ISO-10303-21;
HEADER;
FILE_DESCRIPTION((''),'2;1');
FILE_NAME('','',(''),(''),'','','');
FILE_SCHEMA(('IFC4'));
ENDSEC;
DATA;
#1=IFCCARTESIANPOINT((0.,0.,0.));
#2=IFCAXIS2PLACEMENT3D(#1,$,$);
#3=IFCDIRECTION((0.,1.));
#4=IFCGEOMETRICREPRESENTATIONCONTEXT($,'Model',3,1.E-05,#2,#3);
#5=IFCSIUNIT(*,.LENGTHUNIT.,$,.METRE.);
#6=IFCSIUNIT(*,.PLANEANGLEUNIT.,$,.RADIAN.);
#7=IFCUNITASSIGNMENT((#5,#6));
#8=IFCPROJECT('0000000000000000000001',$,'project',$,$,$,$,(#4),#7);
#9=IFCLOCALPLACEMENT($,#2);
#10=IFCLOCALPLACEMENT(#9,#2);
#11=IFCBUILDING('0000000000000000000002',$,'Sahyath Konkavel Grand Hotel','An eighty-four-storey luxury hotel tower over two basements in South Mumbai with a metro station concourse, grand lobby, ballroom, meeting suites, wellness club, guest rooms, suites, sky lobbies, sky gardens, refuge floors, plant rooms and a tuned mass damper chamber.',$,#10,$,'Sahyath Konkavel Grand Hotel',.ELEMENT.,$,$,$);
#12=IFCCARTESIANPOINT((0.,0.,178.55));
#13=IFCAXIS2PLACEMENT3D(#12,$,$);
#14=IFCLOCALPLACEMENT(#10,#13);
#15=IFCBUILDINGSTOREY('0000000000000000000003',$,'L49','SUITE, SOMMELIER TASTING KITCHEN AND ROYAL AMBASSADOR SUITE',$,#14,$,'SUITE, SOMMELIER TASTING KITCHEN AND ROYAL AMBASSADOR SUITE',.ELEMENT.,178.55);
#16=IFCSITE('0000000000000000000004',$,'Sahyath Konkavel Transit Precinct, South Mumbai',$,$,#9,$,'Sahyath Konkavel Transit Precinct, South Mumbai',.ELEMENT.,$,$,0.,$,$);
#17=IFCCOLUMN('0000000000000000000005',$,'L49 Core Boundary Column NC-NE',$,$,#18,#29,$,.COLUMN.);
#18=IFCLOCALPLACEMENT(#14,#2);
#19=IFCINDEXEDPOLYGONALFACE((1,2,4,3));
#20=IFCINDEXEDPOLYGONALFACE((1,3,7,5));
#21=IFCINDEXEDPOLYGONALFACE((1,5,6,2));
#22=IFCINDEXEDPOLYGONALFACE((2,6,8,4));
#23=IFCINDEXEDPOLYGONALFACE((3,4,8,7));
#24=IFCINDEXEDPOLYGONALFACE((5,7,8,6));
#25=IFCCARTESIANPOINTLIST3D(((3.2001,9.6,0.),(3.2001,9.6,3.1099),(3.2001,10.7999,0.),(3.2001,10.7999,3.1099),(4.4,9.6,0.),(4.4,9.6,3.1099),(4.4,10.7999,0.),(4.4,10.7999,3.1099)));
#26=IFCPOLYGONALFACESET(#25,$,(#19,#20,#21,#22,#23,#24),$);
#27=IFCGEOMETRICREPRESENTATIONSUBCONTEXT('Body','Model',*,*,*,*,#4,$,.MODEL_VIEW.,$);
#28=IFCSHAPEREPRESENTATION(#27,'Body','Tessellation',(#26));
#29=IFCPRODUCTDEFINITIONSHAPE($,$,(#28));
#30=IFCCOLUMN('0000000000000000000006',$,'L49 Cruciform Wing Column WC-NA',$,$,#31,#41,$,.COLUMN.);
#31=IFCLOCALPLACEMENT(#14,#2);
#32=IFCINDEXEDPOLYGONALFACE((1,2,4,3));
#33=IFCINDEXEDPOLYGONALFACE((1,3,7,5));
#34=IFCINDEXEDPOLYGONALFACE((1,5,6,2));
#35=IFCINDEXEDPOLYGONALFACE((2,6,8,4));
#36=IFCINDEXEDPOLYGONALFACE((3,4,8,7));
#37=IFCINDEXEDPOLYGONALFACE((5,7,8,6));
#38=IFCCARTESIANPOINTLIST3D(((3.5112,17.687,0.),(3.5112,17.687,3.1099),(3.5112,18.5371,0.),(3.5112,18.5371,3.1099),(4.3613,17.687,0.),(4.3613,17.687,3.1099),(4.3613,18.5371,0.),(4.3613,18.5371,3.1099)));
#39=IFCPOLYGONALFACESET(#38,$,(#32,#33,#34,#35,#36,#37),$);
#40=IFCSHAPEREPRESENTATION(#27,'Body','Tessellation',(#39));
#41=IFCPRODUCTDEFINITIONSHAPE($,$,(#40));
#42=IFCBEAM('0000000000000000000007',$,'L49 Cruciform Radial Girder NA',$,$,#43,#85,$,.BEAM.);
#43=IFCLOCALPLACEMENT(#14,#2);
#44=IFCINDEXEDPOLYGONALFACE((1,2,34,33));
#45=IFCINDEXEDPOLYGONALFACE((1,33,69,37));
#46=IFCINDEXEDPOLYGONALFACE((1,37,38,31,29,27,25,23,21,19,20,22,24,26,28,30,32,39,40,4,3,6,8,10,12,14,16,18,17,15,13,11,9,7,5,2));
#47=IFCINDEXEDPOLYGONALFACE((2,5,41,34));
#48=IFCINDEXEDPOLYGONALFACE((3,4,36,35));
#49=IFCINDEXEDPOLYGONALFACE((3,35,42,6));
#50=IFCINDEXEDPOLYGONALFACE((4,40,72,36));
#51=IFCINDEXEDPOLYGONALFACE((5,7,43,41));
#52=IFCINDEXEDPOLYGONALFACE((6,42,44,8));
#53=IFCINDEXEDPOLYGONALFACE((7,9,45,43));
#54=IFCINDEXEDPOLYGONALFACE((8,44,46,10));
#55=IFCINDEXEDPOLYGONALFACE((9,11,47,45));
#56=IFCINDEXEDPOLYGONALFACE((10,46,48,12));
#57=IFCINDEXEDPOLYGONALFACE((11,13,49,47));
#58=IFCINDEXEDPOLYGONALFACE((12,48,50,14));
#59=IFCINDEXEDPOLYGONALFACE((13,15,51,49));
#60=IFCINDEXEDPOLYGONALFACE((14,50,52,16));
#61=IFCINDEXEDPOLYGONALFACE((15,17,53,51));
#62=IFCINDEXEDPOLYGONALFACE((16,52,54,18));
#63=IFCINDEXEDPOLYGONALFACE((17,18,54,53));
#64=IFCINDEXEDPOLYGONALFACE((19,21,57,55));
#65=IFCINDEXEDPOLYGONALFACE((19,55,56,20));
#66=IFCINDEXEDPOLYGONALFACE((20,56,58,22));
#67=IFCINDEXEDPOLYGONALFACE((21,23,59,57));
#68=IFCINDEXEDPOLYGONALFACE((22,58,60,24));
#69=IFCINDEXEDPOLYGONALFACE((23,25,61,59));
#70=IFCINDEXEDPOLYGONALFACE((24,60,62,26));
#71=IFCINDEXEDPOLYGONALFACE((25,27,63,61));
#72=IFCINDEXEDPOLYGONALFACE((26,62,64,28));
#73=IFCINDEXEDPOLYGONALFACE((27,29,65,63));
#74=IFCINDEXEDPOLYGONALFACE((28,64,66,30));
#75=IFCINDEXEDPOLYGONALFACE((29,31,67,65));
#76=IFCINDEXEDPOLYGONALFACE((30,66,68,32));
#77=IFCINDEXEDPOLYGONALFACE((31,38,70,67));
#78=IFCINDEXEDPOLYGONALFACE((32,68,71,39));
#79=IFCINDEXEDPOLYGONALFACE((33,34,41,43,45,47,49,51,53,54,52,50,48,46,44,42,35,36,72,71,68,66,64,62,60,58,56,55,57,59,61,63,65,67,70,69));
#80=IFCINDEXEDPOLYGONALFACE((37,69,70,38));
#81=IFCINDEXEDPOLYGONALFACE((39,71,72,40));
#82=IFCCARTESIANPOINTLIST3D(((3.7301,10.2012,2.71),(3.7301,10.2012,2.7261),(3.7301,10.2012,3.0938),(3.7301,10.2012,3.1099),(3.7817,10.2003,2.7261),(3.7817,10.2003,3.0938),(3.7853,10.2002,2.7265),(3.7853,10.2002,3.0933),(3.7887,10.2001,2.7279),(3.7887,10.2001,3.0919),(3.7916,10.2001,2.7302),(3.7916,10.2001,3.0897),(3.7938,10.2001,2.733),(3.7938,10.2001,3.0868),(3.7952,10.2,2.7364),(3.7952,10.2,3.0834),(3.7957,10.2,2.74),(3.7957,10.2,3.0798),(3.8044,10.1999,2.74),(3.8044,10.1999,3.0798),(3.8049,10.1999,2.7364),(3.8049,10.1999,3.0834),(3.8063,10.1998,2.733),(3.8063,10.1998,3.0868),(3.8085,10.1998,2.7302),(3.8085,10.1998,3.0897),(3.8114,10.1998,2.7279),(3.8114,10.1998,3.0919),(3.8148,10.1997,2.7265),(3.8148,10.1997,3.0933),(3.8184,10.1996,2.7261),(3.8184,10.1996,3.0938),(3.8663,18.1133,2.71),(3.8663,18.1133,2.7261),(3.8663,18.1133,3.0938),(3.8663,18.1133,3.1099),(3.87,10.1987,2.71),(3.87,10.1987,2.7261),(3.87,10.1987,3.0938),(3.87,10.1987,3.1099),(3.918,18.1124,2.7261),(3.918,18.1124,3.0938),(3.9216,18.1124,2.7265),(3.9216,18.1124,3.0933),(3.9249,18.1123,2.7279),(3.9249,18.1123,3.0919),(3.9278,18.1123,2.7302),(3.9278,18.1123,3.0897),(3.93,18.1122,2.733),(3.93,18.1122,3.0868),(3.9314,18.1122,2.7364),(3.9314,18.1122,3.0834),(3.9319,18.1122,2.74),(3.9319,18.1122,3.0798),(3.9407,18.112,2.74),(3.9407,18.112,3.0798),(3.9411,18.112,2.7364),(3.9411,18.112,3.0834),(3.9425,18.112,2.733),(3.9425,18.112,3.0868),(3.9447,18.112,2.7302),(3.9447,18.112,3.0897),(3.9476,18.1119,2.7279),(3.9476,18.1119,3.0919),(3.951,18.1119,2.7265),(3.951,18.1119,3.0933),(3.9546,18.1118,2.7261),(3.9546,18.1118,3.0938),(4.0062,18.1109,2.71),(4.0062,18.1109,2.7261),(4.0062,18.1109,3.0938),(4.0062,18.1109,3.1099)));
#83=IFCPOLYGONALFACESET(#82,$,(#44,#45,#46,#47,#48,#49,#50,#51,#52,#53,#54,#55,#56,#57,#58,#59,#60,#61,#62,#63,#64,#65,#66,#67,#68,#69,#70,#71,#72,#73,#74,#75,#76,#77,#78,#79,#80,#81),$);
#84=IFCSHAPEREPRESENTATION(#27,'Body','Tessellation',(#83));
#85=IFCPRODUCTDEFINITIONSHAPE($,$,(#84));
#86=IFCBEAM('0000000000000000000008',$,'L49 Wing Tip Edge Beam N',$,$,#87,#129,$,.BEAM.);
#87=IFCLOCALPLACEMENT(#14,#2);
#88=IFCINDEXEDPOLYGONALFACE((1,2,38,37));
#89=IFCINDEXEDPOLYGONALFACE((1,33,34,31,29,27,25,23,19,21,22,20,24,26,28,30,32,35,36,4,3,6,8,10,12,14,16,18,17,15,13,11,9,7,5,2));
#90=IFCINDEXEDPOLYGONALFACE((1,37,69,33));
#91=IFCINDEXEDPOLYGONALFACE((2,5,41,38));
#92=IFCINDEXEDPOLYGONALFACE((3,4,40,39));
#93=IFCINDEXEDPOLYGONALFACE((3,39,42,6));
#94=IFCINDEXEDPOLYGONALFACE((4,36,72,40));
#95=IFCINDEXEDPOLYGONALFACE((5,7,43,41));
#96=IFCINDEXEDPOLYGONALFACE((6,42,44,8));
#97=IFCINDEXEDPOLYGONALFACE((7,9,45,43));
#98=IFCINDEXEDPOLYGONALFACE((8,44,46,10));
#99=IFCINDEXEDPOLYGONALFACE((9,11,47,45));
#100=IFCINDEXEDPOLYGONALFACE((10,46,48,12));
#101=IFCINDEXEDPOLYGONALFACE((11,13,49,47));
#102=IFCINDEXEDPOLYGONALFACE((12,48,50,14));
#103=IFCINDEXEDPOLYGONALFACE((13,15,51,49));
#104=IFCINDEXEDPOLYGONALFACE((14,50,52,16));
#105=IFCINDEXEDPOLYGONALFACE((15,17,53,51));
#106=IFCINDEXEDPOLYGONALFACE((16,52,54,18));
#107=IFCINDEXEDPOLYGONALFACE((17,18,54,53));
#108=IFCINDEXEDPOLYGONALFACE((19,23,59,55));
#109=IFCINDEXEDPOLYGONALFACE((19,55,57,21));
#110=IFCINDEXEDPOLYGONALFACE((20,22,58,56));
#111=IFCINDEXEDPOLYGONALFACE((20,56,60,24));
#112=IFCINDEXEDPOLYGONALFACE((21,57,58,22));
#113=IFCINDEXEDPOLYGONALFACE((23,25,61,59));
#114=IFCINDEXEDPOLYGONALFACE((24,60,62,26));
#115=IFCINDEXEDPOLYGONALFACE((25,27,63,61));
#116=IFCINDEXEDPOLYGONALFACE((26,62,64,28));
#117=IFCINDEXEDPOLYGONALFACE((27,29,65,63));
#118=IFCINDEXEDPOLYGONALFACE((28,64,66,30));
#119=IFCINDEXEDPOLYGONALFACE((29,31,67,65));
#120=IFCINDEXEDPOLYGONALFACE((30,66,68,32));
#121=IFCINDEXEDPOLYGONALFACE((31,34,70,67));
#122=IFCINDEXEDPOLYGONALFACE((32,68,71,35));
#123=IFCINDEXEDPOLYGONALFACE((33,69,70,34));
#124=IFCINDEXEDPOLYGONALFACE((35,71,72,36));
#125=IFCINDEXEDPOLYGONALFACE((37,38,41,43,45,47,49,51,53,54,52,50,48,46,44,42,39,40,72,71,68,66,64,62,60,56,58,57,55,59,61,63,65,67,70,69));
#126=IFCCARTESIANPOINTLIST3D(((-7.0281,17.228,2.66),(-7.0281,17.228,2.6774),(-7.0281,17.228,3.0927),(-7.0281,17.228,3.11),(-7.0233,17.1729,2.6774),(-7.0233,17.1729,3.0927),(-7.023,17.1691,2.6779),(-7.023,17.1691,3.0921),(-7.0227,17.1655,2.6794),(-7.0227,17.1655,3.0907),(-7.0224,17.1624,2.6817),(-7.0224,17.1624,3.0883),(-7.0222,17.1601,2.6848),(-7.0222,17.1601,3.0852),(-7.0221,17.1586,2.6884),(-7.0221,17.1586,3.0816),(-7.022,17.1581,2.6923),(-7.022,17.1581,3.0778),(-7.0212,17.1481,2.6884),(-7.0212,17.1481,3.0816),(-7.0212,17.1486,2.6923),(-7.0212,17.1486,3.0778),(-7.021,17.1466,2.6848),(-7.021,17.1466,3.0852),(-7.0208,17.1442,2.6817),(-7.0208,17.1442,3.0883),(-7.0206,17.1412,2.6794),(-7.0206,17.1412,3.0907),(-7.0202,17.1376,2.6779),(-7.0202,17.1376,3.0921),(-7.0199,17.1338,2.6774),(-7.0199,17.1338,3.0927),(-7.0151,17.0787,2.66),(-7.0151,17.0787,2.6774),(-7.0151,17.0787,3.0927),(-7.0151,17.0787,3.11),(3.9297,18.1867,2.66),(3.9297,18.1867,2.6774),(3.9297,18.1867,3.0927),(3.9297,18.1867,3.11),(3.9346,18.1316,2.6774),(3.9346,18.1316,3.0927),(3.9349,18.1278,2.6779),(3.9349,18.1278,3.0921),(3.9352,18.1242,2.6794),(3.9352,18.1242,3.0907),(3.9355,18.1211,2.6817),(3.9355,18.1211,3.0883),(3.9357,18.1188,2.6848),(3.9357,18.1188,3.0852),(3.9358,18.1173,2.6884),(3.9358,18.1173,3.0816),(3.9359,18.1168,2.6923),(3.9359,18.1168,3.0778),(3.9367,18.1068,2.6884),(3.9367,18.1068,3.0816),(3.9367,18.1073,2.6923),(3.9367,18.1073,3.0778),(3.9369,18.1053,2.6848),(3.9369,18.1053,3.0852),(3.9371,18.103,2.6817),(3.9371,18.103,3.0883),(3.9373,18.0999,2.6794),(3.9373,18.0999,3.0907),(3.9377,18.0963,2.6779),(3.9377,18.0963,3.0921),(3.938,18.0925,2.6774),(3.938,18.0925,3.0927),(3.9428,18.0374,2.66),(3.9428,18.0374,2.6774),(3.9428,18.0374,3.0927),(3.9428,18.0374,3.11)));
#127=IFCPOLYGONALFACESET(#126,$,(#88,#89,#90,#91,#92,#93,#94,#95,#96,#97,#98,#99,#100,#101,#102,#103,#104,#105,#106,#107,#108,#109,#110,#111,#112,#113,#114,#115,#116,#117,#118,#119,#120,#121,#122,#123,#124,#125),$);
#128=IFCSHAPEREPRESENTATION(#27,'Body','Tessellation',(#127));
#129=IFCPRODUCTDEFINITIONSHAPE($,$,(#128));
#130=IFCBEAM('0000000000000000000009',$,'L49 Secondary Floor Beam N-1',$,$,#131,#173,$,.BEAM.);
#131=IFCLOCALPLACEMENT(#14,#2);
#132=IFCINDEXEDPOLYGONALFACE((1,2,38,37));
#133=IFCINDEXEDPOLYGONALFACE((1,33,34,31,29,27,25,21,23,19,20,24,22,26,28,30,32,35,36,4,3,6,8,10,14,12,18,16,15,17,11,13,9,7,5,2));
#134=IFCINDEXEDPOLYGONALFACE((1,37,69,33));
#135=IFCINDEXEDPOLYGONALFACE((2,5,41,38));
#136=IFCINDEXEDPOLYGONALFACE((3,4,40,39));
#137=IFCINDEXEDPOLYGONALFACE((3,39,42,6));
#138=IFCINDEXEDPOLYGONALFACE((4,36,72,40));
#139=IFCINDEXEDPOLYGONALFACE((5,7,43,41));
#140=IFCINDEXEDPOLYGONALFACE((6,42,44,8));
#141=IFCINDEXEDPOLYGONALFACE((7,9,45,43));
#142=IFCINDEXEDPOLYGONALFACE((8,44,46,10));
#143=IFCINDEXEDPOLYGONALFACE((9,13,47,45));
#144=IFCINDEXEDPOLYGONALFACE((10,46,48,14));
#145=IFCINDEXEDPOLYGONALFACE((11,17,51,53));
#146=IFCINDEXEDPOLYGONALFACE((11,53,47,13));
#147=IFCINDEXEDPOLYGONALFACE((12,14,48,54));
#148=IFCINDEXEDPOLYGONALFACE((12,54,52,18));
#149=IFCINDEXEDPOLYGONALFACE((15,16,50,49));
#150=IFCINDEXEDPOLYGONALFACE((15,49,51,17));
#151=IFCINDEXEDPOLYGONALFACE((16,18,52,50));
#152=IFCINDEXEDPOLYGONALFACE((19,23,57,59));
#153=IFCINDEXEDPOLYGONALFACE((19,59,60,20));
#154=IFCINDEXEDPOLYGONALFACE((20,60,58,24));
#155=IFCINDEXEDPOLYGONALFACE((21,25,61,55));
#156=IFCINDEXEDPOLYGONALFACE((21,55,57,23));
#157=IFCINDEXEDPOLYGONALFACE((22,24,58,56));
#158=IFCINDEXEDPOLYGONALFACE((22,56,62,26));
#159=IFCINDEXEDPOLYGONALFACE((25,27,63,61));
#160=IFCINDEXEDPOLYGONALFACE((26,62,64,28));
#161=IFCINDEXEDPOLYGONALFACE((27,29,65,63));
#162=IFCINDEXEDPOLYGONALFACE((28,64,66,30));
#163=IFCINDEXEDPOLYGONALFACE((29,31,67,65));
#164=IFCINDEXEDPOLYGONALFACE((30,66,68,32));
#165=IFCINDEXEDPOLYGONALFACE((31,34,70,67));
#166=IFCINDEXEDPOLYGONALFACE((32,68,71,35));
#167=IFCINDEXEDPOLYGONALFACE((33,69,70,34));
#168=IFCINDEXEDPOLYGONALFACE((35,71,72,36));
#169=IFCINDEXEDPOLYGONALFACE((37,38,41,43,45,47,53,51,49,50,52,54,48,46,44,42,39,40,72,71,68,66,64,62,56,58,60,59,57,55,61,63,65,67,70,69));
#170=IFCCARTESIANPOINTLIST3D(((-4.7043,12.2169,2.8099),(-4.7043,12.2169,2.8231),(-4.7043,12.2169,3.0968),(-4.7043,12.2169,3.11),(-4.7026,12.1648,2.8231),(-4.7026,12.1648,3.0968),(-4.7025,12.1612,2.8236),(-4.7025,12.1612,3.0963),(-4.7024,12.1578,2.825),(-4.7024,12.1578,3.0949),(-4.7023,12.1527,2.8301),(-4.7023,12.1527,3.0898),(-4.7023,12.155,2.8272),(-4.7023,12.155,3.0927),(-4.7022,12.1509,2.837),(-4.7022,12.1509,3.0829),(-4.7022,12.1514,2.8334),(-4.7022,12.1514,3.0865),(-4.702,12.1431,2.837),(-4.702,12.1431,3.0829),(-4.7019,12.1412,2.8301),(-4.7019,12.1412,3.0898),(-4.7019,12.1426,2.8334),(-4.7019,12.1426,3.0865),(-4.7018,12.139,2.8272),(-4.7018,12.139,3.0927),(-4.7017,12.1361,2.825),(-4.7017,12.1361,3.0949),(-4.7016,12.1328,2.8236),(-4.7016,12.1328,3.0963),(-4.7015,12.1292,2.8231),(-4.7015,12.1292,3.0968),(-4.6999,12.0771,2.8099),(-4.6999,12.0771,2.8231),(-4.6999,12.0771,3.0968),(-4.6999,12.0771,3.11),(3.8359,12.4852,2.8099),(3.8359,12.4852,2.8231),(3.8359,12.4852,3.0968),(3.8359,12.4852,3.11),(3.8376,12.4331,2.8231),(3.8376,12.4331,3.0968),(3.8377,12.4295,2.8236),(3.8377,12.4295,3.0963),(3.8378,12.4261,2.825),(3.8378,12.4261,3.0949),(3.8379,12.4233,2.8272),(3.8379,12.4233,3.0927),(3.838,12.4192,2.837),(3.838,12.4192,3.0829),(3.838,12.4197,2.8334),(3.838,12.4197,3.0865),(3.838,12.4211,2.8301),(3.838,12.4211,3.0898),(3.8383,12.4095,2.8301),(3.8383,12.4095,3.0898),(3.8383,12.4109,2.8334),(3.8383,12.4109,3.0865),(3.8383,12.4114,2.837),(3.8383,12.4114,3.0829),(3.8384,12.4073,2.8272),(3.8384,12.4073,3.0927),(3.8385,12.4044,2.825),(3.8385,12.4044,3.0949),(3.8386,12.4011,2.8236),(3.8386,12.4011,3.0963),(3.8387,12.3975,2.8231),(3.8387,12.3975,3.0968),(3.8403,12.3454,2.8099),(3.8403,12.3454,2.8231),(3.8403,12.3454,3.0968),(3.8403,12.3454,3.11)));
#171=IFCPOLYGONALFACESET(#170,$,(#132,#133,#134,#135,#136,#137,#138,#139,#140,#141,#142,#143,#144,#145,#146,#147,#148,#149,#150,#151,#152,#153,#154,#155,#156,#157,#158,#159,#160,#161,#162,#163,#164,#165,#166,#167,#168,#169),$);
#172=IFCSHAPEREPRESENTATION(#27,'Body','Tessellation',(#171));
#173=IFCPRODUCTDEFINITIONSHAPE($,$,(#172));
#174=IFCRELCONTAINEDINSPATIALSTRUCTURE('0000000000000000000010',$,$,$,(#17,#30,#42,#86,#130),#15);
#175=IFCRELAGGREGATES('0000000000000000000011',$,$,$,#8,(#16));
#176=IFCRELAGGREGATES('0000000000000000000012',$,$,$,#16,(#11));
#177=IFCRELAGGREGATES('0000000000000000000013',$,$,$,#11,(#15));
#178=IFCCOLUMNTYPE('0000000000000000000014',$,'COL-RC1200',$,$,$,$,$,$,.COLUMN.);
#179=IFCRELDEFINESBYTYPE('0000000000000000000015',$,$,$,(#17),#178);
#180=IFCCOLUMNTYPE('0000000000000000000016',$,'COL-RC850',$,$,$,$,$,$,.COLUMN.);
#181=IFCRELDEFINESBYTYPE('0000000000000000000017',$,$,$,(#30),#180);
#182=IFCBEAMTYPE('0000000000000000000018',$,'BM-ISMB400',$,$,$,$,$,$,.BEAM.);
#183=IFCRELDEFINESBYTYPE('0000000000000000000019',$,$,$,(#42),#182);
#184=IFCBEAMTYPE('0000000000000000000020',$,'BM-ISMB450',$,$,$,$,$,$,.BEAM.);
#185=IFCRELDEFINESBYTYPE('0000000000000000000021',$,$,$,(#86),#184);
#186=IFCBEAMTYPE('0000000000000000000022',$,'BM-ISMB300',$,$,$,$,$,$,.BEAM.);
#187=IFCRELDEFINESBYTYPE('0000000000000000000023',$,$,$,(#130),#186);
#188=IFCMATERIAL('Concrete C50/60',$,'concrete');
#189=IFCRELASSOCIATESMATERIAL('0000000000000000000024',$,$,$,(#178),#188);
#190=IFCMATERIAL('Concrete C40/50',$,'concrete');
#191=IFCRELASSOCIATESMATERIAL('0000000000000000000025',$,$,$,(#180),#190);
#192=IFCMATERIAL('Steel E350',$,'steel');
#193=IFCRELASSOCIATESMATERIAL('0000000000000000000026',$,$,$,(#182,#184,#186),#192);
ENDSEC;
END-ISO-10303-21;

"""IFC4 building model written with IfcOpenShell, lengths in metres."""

from ifc_helpers import new_model, si_unit, direction, frame, origin, origin_2d, place, context, subcontext, project, spatial, rectangle, i_section, extrude, source, transform, mapped, material, material_profile, profile_set, type_object, element, save


model = new_model("IFC4")

# Units and contexts
model_context = context("Model", 3, precision=1e-05, world=origin(), true_north=direction((0.0, 1.0)))
body_context = subcontext(model_context, "Body", "Model", "MODEL_VIEW")
ifc_project = project(units=[si_unit("LENGTHUNIT", "METRE"), si_unit("PLANEANGLEUNIT", "RADIAN")], contexts=[model_context])

# Site, building, storey
site_placement = place(None, origin())
site = spatial("IfcSite", under=ifc_project, at=site_placement, Name="Sahyath Konkavel Transit Precinct, South Mumbai", LongName="Sahyath Konkavel Transit Precinct, South Mumbai", CompositionType="ELEMENT", RefElevation=0.0)
building_placement = place(site_placement, origin())
building = spatial("IfcBuilding", under=site, at=building_placement, Name="Sahyath Konkavel Grand Hotel", Description="An eighty-four-storey luxury hotel tower over two basements in South Mumbai with a metro station concourse, grand lobby, ballroom, meeting suites, wellness club, guest rooms, suites, sky lobbies, sky gardens, refuge floors, plant rooms and a tuned mass damper chamber.", LongName="Sahyath Konkavel Grand Hotel", CompositionType="ELEMENT")
storey_placement = place(building_placement, frame((0.0, 0.0, 178.55)))
storey = spatial("IfcBuildingStorey", under=building, at=storey_placement, Name="L49", Description="SUITE, SOMMELIER TASTING KITCHEN AND ROYAL AMBASSADOR SUITE", LongName="SUITE, SOMMELIER TASTING KITCHEN AND ROYAL AMBASSADOR SUITE", CompositionType="ELEMENT", Elevation=178.55)

# Columns
ifc_material_1 = material(Name="Concrete C50/60", Category="concrete")
ifc_material_profile_1 = material_profile(ifc_material_1, rectangle(XDim=1.2, YDim=1.2, at=origin_2d()), Name="RC 1200x1200")
ifc_profile_set_1 = profile_set([ifc_material_profile_1], Name="Concrete C50/60")
column_type_1 = type_object("IfcColumnType", Name="COL-RC1200", PredefinedType="COLUMN", material=ifc_profile_set_1)
shared_shape_1 = source(origin(), body_context, "Body", "SweptSolid", [
    extrude(rectangle(XDim=1.2, YDim=1.2, at=origin_2d()), origin(), (0.0, 0.0, 1.0), 3.1099),
])
column_1_placement = place(storey_placement, frame((3.8, 10.2, 0.0), z_axis=(0.0, 0.0, 1.0), x_axis=(1.0, 0.0, 0.0)))
element("IfcColumn", 1, at=column_1_placement, inside=storey, type_object=column_type_1, Name="L49 Core Boundary Column NC-NE", PredefinedType="COLUMN", context=body_context, shape_type="MappedRepresentation", body=[
    mapped(shared_shape_1, transform((0.0, 0.0, 0.0), scale=1.0)),
])
ifc_material_2 = material(Name="Concrete C40/50", Category="concrete")
ifc_material_profile_2 = material_profile(ifc_material_2, rectangle(XDim=0.8501, YDim=0.8501, at=origin_2d()), Name="RC 850x850")
ifc_profile_set_2 = profile_set([ifc_material_profile_2], Name="Concrete C40/50")
column_type_2 = type_object("IfcColumnType", Name="COL-RC850", PredefinedType="COLUMN", material=ifc_profile_set_2)
shared_shape_2 = source(origin(), body_context, "Body", "SweptSolid", [
    extrude(rectangle(XDim=0.8501, YDim=0.8501, at=origin_2d()), origin(), (0.0, 0.0, 1.0), 3.1099),
])
column_2_placement = place(storey_placement, frame((3.9363, 18.1121, 0.0), z_axis=(0.0, 0.0, 1.0), x_axis=(1.0, 0.0, 0.0)))
element("IfcColumn", 2, at=column_2_placement, inside=storey, type_object=column_type_2, Name="L49 Cruciform Wing Column WC-NA", PredefinedType="COLUMN", context=body_context, shape_type="MappedRepresentation", body=[
    mapped(shared_shape_2, transform((0.0, 0.0, 0.0), scale=1.0)),
])

# Beams
ifc_material_3 = material(Name="Steel E350", Category="steel")
ifc_material_profile_3 = material_profile(ifc_material_3, i_section(OverallWidth=0.1399, OverallDepth=0.3999, WebThickness=0.0088, FlangeThickness=0.0161, FilletRadius=0.0139, at=origin_2d()), Name="ISMB 400")
ifc_profile_set_3 = profile_set([ifc_material_profile_3], Name="Steel E350")
beam_type_1 = type_object("IfcBeamType", Name="BM-ISMB400", PredefinedType="BEAM", material=ifc_profile_set_3)
shared_shape_3 = source(origin(), body_context, "Body", "SweptSolid", [
    extrude(i_section(OverallWidth=0.1399, OverallDepth=0.3999, WebThickness=0.0088, FlangeThickness=0.0161, FilletRadius=0.0139, at=origin_2d()), origin(), (0.0, 0.0, 1.0), 7.9133),
])
beam_1_placement = place(storey_placement, frame((3.8, 10.2, 2.9099), z_axis=(0.017215, 0.999852, 0.0), x_axis=(-0.999852, 0.017215, 0.0)))
element("IfcBeam", 3, at=beam_1_placement, inside=storey, type_object=beam_type_1, Name="L49 Cruciform Radial Girder NA", PredefinedType="BEAM", context=body_context, shape_type="MappedRepresentation", body=[
    mapped(shared_shape_3, transform((0.0, 0.0, 0.0), scale=1.0)),
])
ifc_material_profile_4 = material_profile(ifc_material_3, i_section(OverallWidth=0.1499, OverallDepth=0.45, WebThickness=0.0095, FlangeThickness=0.0173, FilletRadius=0.0149, at=origin_2d()), Name="ISMB 450")
ifc_profile_set_4 = profile_set([ifc_material_profile_4], Name="Steel E350")
beam_type_2 = type_object("IfcBeamType", Name="BM-ISMB450", PredefinedType="BEAM", material=ifc_profile_set_4)
shared_shape_4 = source(origin(), body_context, "Body", "SweptSolid", [
    extrude(i_section(OverallWidth=0.1499, OverallDepth=0.45, WebThickness=0.0095, FlangeThickness=0.0173, FilletRadius=0.0149, at=origin_2d()), origin(), (0.0, 0.0, 1.0), 10.9998),
])
beam_2_placement = place(storey_placement, frame((3.9363, 18.1121, 2.885), z_axis=(-0.996194, -0.087159, 0.0), x_axis=(0.087159, -0.996194, 0.0)))
element("IfcBeam", 4, at=beam_2_placement, inside=storey, type_object=beam_type_2, Name="L49 Wing Tip Edge Beam N", PredefinedType="BEAM", context=body_context, shape_type="MappedRepresentation", body=[
    mapped(shared_shape_4, transform((0.0, 0.0, 0.0), scale=1.0)),
])
ifc_material_profile_5 = material_profile(ifc_material_3, i_section(OverallWidth=0.1399, OverallDepth=0.3, WebThickness=0.0078, FlangeThickness=0.0132, FilletRadius=0.0139, at=origin_2d()), Name="ISMB 300")
ifc_profile_set_5 = profile_set([ifc_material_profile_5], Name="Steel E350")
beam_type_3 = type_object("IfcBeamType", Name="BM-ISMB300", PredefinedType="BEAM", material=ifc_profile_set_5)
shared_shape_5 = source(origin(), body_context, "Body", "SweptSolid", [
    extrude(i_section(OverallWidth=0.1399, OverallDepth=0.3, WebThickness=0.0078, FlangeThickness=0.0132, FilletRadius=0.0139, at=origin_2d()), origin(), (0.0, 0.0, 1.0), 8.5444),
])
beam_3_placement = place(storey_placement, frame((3.8381, 12.4153, 2.96), z_axis=(-0.999507, -0.031402, 0.0), x_axis=(0.031402, -0.999507, 0.0)))
element("IfcBeam", 5, at=beam_3_placement, inside=storey, type_object=beam_type_3, Name="L49 Secondary Floor Beam N-1", PredefinedType="BEAM", context=body_context, shape_type="MappedRepresentation", body=[
    mapped(shared_shape_5, transform((0.0, 0.0, 0.0), scale=1.0)),
])

save(model, "model.ifc")
